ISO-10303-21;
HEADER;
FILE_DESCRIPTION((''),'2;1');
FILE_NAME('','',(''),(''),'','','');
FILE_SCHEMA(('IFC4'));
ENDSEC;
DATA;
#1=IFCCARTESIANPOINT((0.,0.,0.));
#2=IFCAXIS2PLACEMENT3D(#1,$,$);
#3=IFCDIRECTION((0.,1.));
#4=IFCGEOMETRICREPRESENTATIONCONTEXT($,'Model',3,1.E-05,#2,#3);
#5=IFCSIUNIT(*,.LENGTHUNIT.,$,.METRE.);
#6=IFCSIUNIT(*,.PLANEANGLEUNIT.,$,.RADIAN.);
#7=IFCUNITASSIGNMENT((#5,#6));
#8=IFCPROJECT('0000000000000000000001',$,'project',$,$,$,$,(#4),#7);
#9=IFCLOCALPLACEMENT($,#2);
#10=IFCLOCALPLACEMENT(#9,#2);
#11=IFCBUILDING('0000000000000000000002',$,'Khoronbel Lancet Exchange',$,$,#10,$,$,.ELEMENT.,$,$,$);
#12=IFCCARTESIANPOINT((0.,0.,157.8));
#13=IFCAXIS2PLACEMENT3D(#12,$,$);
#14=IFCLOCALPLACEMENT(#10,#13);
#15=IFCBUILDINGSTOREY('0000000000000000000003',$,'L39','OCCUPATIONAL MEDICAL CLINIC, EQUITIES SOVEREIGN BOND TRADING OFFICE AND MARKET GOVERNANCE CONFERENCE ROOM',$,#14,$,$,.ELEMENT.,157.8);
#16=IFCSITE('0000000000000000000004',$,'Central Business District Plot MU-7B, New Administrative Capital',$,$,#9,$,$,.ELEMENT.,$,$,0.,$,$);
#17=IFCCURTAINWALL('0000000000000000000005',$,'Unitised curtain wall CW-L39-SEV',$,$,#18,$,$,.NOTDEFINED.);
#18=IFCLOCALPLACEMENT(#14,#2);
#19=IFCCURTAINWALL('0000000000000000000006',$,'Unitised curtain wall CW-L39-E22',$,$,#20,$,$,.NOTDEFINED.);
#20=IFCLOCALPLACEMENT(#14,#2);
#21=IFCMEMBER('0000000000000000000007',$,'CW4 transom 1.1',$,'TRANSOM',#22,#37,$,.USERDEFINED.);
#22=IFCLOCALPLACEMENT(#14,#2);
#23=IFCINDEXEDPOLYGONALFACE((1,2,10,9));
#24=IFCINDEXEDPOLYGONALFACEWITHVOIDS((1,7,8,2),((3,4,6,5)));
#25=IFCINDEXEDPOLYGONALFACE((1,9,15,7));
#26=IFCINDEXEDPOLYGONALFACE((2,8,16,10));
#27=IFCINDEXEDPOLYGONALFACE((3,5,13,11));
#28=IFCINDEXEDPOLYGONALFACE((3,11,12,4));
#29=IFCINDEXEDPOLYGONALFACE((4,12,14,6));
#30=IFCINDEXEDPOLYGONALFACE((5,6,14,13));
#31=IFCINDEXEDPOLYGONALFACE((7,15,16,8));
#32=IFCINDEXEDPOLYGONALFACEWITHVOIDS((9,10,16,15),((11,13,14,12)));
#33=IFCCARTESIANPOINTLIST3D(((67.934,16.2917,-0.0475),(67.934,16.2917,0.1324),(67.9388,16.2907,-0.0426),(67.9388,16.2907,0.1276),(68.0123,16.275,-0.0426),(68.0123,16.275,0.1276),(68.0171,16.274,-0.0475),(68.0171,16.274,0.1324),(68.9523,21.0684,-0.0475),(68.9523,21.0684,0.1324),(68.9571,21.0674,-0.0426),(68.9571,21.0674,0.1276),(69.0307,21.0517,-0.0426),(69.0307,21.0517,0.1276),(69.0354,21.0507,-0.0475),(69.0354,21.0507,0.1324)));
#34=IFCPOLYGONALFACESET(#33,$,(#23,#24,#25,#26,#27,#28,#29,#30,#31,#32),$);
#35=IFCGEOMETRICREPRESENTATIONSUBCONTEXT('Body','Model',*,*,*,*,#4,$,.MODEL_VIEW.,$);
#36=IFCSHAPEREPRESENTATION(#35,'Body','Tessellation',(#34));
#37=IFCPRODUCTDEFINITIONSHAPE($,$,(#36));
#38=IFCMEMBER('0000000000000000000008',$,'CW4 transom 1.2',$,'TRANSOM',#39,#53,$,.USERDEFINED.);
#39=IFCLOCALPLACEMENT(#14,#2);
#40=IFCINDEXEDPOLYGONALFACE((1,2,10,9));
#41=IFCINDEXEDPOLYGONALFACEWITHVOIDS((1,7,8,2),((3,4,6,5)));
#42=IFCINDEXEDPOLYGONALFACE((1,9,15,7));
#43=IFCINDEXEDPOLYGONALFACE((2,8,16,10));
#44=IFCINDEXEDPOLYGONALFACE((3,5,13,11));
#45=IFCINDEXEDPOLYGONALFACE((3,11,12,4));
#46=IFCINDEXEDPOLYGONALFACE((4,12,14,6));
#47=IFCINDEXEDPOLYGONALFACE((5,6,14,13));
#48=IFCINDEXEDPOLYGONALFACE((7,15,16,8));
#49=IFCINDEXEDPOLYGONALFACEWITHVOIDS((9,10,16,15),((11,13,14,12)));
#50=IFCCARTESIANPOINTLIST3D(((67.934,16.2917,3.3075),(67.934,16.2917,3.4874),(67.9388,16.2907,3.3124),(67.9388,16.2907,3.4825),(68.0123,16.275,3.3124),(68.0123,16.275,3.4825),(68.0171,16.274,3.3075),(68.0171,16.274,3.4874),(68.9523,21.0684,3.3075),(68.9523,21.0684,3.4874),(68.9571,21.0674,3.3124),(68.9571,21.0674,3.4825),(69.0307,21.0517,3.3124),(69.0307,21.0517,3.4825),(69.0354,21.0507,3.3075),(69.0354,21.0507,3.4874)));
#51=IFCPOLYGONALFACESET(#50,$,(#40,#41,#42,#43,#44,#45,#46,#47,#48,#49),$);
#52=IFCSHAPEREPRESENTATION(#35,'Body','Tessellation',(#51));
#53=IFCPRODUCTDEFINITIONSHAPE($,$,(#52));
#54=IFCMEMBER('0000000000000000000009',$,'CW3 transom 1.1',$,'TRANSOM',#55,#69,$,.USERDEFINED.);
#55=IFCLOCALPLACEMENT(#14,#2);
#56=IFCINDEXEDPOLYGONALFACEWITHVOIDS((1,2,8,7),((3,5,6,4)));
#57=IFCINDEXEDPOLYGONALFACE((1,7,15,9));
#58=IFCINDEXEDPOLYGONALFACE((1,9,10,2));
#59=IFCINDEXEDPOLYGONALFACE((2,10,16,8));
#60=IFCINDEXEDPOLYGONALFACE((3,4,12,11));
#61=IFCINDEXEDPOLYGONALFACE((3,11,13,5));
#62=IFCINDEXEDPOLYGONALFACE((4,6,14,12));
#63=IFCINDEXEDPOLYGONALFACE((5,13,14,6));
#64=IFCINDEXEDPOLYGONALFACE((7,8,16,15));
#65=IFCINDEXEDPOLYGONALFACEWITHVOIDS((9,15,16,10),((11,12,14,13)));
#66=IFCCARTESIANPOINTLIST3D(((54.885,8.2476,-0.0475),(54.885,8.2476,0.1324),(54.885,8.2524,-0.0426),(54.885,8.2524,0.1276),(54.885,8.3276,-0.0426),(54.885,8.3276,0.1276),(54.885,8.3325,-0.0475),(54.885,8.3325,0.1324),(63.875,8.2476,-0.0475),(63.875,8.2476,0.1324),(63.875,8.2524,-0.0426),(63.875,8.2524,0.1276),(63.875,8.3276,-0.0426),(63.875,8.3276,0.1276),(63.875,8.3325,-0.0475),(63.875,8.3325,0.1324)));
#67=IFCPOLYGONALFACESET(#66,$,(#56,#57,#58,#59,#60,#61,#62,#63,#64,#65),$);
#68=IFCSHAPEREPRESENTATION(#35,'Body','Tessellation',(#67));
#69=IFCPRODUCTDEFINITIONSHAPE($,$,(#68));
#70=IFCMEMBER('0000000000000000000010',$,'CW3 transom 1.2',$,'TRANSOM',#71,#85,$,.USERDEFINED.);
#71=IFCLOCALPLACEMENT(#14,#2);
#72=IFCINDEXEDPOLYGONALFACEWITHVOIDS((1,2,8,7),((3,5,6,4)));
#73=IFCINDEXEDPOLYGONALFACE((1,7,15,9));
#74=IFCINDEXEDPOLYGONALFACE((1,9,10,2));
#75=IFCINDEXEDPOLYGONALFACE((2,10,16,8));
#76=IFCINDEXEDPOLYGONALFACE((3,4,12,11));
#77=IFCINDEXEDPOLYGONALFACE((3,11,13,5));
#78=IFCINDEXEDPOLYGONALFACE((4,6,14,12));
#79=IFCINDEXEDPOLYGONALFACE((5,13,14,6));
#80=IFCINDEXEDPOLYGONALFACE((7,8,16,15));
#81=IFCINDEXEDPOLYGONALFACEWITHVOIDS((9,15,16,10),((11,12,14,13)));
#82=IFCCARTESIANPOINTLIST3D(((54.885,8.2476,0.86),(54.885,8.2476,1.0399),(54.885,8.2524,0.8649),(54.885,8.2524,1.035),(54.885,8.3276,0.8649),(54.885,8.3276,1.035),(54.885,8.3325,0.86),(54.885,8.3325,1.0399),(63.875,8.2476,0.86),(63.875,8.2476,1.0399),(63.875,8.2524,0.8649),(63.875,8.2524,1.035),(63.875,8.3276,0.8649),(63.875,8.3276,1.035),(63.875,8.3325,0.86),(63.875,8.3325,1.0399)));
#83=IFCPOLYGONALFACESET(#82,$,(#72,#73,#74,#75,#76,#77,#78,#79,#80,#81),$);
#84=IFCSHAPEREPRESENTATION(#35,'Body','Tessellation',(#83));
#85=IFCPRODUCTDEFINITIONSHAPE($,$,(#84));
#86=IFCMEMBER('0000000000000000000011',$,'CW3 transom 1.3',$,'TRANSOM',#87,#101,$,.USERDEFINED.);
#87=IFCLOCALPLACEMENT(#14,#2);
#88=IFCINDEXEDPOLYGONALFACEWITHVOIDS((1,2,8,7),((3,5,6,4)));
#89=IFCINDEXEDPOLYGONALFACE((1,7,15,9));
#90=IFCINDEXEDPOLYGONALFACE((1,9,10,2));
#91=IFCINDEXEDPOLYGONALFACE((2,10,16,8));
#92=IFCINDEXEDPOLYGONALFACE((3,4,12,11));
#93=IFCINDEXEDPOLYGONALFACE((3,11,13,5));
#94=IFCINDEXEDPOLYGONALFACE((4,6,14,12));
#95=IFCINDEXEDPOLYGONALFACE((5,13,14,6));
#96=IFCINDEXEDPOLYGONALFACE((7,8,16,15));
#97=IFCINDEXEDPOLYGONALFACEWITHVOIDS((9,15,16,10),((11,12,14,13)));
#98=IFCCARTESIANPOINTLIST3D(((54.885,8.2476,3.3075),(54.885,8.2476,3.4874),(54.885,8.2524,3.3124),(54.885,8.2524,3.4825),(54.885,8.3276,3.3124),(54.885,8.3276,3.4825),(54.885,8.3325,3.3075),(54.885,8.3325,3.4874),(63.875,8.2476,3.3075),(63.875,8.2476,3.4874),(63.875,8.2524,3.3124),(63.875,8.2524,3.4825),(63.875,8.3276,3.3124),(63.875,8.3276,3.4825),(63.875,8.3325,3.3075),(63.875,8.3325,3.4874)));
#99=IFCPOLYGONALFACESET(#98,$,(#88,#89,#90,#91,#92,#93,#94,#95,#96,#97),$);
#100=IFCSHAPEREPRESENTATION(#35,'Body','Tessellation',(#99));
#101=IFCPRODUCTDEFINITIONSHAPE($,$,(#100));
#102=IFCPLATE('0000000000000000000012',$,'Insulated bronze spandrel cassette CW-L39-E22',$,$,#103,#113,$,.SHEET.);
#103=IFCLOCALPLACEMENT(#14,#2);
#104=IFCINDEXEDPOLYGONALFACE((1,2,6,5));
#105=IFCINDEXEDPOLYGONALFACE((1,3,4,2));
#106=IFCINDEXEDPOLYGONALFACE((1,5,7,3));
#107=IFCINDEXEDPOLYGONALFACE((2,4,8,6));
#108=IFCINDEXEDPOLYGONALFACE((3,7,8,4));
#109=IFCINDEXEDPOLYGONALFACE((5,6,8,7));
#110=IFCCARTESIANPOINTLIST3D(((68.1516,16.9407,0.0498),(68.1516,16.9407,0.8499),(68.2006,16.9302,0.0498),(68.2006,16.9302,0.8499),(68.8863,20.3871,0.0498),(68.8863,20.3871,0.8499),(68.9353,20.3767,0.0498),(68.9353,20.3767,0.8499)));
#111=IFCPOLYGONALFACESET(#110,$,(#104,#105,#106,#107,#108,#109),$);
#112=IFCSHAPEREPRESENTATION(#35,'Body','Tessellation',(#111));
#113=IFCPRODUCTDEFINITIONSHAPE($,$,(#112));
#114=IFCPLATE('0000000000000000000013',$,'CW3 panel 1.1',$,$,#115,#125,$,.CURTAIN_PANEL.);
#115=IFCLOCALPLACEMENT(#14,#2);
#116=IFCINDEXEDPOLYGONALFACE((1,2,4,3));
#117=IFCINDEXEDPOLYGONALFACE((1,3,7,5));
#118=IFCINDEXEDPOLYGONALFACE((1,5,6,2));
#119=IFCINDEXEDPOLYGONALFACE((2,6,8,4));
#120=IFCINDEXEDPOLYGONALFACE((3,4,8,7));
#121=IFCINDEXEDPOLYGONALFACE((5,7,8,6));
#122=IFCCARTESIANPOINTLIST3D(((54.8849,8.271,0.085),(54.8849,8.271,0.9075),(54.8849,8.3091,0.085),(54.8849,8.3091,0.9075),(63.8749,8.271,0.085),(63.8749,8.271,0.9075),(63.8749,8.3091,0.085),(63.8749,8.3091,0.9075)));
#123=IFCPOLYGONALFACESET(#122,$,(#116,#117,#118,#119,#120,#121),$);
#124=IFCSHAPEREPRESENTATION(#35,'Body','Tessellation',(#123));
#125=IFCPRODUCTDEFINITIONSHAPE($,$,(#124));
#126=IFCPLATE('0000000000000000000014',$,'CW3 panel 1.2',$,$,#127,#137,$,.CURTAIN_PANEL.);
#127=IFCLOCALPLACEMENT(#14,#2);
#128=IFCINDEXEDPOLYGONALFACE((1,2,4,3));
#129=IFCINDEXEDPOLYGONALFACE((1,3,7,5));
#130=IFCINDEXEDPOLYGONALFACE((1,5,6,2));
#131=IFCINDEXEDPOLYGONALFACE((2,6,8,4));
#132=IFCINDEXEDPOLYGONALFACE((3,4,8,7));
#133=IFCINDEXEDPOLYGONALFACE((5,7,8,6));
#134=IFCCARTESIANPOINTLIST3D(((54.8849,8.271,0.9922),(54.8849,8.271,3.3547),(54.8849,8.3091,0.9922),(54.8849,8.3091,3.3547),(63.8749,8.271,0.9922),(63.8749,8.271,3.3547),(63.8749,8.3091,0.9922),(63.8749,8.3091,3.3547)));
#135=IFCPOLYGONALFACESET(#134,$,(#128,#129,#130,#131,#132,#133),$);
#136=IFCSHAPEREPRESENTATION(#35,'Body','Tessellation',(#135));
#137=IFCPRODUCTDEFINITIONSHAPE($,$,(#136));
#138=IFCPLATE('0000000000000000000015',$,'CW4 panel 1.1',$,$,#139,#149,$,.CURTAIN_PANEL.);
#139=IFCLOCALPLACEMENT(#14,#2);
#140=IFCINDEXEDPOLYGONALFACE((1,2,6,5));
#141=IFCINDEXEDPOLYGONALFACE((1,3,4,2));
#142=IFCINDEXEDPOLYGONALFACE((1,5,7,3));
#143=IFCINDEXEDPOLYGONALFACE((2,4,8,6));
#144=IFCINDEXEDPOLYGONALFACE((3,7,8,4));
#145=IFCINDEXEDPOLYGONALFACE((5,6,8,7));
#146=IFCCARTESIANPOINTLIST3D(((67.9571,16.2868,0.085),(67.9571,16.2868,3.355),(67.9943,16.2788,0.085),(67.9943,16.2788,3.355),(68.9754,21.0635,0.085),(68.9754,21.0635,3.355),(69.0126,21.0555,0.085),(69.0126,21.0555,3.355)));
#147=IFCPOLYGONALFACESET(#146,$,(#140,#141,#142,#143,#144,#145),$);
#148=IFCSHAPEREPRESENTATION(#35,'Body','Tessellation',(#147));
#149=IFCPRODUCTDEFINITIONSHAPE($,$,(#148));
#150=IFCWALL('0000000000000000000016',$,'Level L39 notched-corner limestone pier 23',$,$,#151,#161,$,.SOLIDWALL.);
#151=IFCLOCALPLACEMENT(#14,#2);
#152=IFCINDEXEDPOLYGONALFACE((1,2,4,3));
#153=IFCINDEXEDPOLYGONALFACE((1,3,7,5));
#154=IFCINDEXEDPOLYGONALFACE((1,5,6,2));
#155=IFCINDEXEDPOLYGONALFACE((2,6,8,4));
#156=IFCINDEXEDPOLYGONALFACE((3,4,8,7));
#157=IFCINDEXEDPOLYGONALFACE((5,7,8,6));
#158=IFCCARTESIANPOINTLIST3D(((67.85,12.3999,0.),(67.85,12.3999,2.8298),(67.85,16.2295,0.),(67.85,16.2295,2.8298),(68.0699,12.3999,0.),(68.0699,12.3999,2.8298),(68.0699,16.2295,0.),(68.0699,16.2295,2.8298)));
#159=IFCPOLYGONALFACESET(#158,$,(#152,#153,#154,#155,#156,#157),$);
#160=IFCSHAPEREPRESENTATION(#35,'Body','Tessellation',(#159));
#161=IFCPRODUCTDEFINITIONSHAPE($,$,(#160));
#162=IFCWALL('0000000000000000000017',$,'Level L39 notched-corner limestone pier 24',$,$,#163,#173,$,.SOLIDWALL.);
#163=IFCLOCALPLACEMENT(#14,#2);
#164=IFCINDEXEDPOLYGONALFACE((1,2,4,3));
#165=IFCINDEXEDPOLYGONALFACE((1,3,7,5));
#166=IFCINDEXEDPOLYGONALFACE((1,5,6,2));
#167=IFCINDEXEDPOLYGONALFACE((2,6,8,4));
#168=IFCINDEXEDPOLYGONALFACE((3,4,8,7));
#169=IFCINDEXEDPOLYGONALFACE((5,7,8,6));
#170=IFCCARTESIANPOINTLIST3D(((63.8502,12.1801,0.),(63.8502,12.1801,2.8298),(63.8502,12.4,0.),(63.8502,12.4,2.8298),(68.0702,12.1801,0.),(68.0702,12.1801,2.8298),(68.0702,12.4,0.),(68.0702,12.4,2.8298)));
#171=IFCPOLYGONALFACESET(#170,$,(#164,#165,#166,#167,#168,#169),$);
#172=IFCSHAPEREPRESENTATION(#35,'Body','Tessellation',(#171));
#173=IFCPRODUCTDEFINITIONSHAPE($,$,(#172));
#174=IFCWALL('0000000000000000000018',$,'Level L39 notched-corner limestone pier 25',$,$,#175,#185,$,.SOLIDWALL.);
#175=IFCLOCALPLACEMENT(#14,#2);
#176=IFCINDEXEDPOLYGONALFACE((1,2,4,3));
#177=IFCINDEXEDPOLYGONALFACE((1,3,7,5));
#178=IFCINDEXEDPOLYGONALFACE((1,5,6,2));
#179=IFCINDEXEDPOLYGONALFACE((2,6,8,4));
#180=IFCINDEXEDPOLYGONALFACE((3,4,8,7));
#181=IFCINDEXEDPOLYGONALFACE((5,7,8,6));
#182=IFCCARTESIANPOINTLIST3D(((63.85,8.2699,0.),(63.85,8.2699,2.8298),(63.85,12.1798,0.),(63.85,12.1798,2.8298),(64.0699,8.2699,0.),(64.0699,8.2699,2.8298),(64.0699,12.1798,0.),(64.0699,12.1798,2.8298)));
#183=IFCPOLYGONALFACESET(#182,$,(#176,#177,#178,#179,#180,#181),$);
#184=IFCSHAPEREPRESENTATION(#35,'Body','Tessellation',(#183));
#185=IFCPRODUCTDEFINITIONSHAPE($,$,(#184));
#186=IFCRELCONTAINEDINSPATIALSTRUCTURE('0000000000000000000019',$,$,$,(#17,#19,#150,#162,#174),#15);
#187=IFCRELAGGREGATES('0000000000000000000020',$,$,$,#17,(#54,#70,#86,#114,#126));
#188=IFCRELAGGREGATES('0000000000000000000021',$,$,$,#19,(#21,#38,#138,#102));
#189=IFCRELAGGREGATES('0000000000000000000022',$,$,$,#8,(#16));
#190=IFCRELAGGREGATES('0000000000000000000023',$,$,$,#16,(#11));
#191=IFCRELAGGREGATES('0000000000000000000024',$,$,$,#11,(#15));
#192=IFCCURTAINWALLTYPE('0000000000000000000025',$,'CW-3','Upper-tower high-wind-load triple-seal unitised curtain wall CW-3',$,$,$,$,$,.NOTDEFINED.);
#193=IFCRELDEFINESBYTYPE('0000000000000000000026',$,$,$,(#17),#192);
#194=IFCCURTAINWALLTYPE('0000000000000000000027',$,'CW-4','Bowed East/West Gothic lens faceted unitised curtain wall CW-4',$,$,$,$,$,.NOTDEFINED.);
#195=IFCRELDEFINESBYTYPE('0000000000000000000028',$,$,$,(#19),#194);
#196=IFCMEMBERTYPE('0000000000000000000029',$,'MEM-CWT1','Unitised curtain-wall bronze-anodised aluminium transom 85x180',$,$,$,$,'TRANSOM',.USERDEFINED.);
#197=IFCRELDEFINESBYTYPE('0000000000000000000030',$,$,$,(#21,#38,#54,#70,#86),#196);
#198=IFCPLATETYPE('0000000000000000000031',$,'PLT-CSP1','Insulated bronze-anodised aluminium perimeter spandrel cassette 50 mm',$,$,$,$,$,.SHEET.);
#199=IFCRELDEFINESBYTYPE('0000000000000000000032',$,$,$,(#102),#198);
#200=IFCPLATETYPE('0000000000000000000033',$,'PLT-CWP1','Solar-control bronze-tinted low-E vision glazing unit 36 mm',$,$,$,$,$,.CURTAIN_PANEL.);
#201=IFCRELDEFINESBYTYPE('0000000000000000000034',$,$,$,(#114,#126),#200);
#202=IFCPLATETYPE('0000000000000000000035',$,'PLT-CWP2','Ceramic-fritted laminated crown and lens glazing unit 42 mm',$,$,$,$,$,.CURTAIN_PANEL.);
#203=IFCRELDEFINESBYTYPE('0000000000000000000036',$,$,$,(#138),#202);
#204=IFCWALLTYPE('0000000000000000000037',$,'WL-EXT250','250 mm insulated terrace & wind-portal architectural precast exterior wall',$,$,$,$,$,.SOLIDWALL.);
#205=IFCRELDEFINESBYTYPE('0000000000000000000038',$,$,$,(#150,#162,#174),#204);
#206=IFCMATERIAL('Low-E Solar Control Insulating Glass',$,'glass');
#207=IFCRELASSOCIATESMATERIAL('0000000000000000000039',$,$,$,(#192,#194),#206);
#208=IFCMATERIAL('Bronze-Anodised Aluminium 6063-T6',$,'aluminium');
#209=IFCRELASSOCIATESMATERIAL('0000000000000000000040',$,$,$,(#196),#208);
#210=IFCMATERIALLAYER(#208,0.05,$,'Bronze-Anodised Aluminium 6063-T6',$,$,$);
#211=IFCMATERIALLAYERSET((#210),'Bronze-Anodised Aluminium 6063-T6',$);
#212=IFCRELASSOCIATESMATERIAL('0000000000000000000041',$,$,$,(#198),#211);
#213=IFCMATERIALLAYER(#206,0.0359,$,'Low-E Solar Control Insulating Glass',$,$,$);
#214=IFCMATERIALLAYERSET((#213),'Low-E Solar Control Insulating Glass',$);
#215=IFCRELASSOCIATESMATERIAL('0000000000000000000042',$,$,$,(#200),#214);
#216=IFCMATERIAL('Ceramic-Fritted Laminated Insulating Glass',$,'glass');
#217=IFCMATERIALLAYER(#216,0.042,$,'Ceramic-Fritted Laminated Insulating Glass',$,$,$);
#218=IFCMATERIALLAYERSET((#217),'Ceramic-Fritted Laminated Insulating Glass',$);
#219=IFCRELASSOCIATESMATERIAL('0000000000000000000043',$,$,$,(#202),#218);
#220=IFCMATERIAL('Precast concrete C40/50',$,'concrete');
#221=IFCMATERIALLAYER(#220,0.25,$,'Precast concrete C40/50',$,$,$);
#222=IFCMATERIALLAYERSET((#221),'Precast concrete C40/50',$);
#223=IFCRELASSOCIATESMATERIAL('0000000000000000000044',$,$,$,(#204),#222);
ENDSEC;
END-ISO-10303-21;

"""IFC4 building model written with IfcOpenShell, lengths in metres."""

from ifc_helpers import new_model, si_unit, direction, frame, frame_2d, origin, origin_2d, place, context, subcontext, project, spatial, rectangle, hollow_rectangle, extrude, material, layer, layer_set, material_profile, profile_set, type_object, element, aggregate, save


model = new_model("IFC4")

# Units and contexts
model_context = context("Model", 3, precision=1e-05, world=origin(), true_north=direction((0.0, 1.0)))
body_context = subcontext(model_context, "Body", "Model", "MODEL_VIEW")
ifc_project = project(units=[si_unit("LENGTHUNIT", "METRE"), si_unit("PLANEANGLEUNIT", "RADIAN")], contexts=[model_context])

# Site, building, storey
site_placement = place(None, origin())
site = spatial("IfcSite", under=ifc_project, at=site_placement, Name="Central Business District Plot MU-7B, New Administrative Capital", CompositionType="ELEMENT", RefElevation=0.0)
building_placement = place(site_placement, origin())
building = spatial("IfcBuilding", under=site, at=building_placement, Name="Khoronbel Lancet Exchange", CompositionType="ELEMENT")
storey_placement = place(building_placement, frame((0.0, 0.0, 157.8)))
storey = spatial("IfcBuildingStorey", under=building, at=storey_placement, Name="L39", Description="OCCUPATIONAL MEDICAL CLINIC, EQUITIES SOVEREIGN BOND TRADING OFFICE AND MARKET GOVERNANCE CONFERENCE ROOM", CompositionType="ELEMENT", Elevation=157.8)

# Shared definitions
ifc_material_1 = material(Name="Low-E Solar Control Insulating Glass", Category="glass")
curtain_wall_type_1 = type_object("IfcCurtainWallType", Name="CW-3", Description="Upper-tower high-wind-load triple-seal unitised curtain wall CW-3", PredefinedType="NOTDEFINED", material=ifc_material_1)
ifc_material_2 = material(Name="Bronze-Anodised Aluminium 6063-T6", Category="aluminium")

# Curtain walls, members
curtain_wall_1_placement = place(storey_placement, origin())
curtain_wall_1 = element("IfcCurtainWall", 1, at=curtain_wall_1_placement, inside=storey, type_object=curtain_wall_type_1, Name="Unitised curtain wall CW-L39-SEV", PredefinedType="NOTDEFINED")
curtain_wall_type_2 = type_object("IfcCurtainWallType", Name="CW-4", Description="Bowed East/West Gothic lens faceted unitised curtain wall CW-4", PredefinedType="NOTDEFINED", material=ifc_material_1)
curtain_wall_2_placement = place(storey_placement, origin())
curtain_wall_2 = element("IfcCurtainWall", 2, at=curtain_wall_2_placement, inside=storey, type_object=curtain_wall_type_2, Name="Unitised curtain wall CW-L39-E22", PredefinedType="NOTDEFINED")
ifc_material_profile_1 = material_profile(ifc_material_2, hollow_rectangle(XDim=0.085, YDim=0.1799, WallThickness=0.0049, at=origin_2d()), Name="ALU TRANSOM 85x180")
ifc_profile_set_1 = profile_set([ifc_material_profile_1], Name="Bronze-Anodised Aluminium 6063-T6")
member_type_1 = type_object("IfcMemberType", Name="MEM-CWT1", Description="Unitised curtain-wall bronze-anodised aluminium transom 85x180", ElementType="TRANSOM", PredefinedType="USERDEFINED", material=ifc_profile_set_1)
member_1_placement = place(storey_placement, frame((68.9939, 21.0596, 0.0425), z_axis=(-0.208501, -0.978022, 0.0), x_axis=(0.978022, -0.208501, 0.0)))
member_1 = element("IfcMember", 3, at=member_1_placement, type_object=member_type_1, Name="CW4 transom 1.1", ObjectType="TRANSOM", PredefinedType="USERDEFINED", context=body_context, shape_type="SweptSolid", body=[
    extrude(hollow_rectangle(XDim=0.085, YDim=0.1799, WallThickness=0.0049, at=origin_2d()), origin(), (0.0, 0.0, 1.0), 4.884),
])
member_2_placement = place(storey_placement, frame((68.9939, 21.0596, 3.3975), z_axis=(-0.208501, -0.978022, 0.0), x_axis=(0.978022, -0.208501, 0.0)))
member_2 = element("IfcMember", 4, at=member_2_placement, type_object=member_type_1, Name="CW4 transom 1.2", ObjectType="TRANSOM", PredefinedType="USERDEFINED", context=body_context, shape_type="SweptSolid", body=[
    extrude(hollow_rectangle(XDim=0.085, YDim=0.1799, WallThickness=0.0049, at=origin_2d()), origin(), (0.0, 0.0, 1.0), 4.884),
])

# Members
member_3_placement = place(storey_placement, frame((54.885, 8.29, 0.0425), z_axis=(1.0, 0.0, 0.0), x_axis=(0.0, 1.0, 0.0)))
member_3 = element("IfcMember", 5, at=member_3_placement, type_object=member_type_1, Name="CW3 transom 1.1", ObjectType="TRANSOM", PredefinedType="USERDEFINED", context=body_context, shape_type="SweptSolid", body=[
    extrude(hollow_rectangle(XDim=0.085, YDim=0.1799, WallThickness=0.0049, at=origin_2d()), origin(), (0.0, 0.0, 1.0), 8.99),
])
member_4_placement = place(storey_placement, frame((54.885, 8.29, 0.95), z_axis=(1.0, 0.0, 0.0), x_axis=(0.0, 1.0, 0.0)))
member_4 = element("IfcMember", 6, at=member_4_placement, type_object=member_type_1, Name="CW3 transom 1.2", ObjectType="TRANSOM", PredefinedType="USERDEFINED", context=body_context, shape_type="SweptSolid", body=[
    extrude(hollow_rectangle(XDim=0.085, YDim=0.1799, WallThickness=0.0049, at=origin_2d()), origin(), (0.0, 0.0, 1.0), 8.99),
])
member_5_placement = place(storey_placement, frame((54.885, 8.29, 3.3975), z_axis=(1.0, 0.0, 0.0), x_axis=(0.0, 1.0, 0.0)))
member_5 = element("IfcMember", 7, at=member_5_placement, type_object=member_type_1, Name="CW3 transom 1.3", ObjectType="TRANSOM", PredefinedType="USERDEFINED", context=body_context, shape_type="SweptSolid", body=[
    extrude(hollow_rectangle(XDim=0.085, YDim=0.1799, WallThickness=0.0049, at=origin_2d()), origin(), (0.0, 0.0, 1.0), 8.99),
])

# Plates
ifc_layer_1 = layer(ifc_material_2, 0.05, Name="Bronze-Anodised Aluminium 6063-T6")
ifc_layer_set_1 = layer_set([ifc_layer_1], Name="Bronze-Anodised Aluminium 6063-T6")
plate_type_1 = type_object("IfcPlateType", Name="PLT-CSP1", Description="Insulated bronze-anodised aluminium perimeter spandrel cassette 50 mm", PredefinedType="SHEET", material=ifc_layer_set_1)
plate_1_placement = place(storey_placement, frame((68.5435, 18.6587, 0.0498), z_axis=(0.0, 0.0, 1.0), x_axis=(-0.208497, -0.978023, 0.0)))
plate_1 = element("IfcPlate", 8, at=plate_1_placement, type_object=plate_type_1, Name="Insulated bronze spandrel cassette CW-L39-E22", PredefinedType="SHEET", context=body_context, shape_type="SweptSolid", body=[
    extrude(rectangle(XDim=3.5239, YDim=0.05, at=origin_2d()), origin(), (0.0, 0.0, 1.0), 0.8),
])
ifc_layer_2 = layer(ifc_material_1, 0.0359, Name="Low-E Solar Control Insulating Glass")
ifc_layer_set_2 = layer_set([ifc_layer_2], Name="Low-E Solar Control Insulating Glass")
plate_type_2 = type_object("IfcPlateType", Name="PLT-CWP1", Description="Solar-control bronze-tinted low-E vision glazing unit 36 mm", PredefinedType="CURTAIN_PANEL", material=ifc_layer_set_2)
plate_2_placement = place(storey_placement, frame((59.3799, 8.29, 0.085), z_axis=(0.0, 0.0, 1.0), x_axis=(1.0, 0.0, 0.0)))
plate_2 = element("IfcPlate", 9, at=plate_2_placement, type_object=plate_type_2, Name="CW3 panel 1.1", PredefinedType="CURTAIN_PANEL", context=body_context, shape_type="SweptSolid", body=[
    extrude(rectangle(XDim=8.99, YDim=0.0381, at=origin_2d()), origin(), (0.0, 0.0, 1.0), 0.8225),
])
plate_3_placement = place(storey_placement, frame((59.3799, 8.29, 0.9922), z_axis=(0.0, 0.0, 1.0), x_axis=(1.0, 0.0, 0.0)))
plate_3 = element("IfcPlate", 10, at=plate_3_placement, type_object=plate_type_2, Name="CW3 panel 1.2", PredefinedType="CURTAIN_PANEL", context=body_context, shape_type="SweptSolid", body=[
    extrude(rectangle(XDim=8.99, YDim=0.0381, at=origin_2d()), origin(), (0.0, 0.0, 1.0), 2.3625),
])
aggregate(curtain_wall_1, [member_3, member_4, member_5, plate_2, plate_3])
ifc_material_3 = material(Name="Ceramic-Fritted Laminated Insulating Glass", Category="glass")
ifc_layer_3 = layer(ifc_material_3, 0.042, Name="Ceramic-Fritted Laminated Insulating Glass")
ifc_layer_set_3 = layer_set([ifc_layer_3], Name="Ceramic-Fritted Laminated Insulating Glass")
plate_type_3 = type_object("IfcPlateType", Name="PLT-CWP2", Description="Ceramic-fritted laminated crown and lens glazing unit 42 mm", PredefinedType="CURTAIN_PANEL", material=ifc_layer_set_3)
plate_4_placement = place(storey_placement, frame((68.4849, 18.6711, 0.085), z_axis=(0.0, 0.0, 1.0), x_axis=(-0.208497, -0.978023, 0.0)))
plate_4 = element("IfcPlate", 11, at=plate_4_placement, type_object=plate_type_3, Name="CW4 panel 1.1", PredefinedType="CURTAIN_PANEL", context=body_context, shape_type="SweptSolid", body=[
    extrude(rectangle(XDim=4.884, YDim=0.0381, at=origin_2d()), origin(), (0.0, 0.0, 1.0), 3.27),
])
aggregate(curtain_wall_2, [member_1, member_2, plate_4, plate_1])

# Walls
ifc_material_4 = material(Name="Precast concrete C40/50", Category="concrete")
ifc_layer_4 = layer(ifc_material_4, 0.25, Name="Precast concrete C40/50")
ifc_layer_set_4 = layer_set([ifc_layer_4], Name="Precast concrete C40/50")
wall_type_1 = type_object("IfcWallType", Name="WL-EXT250", Description="250 mm insulated terrace & wind-portal architectural precast exterior wall", PredefinedType="SOLIDWALL", material=ifc_layer_set_4)
wall_1_placement = place(storey_placement, frame((67.96, 16.2295, 0.0), z_axis=(0.0, 0.0, 1.0), x_axis=(0.0, -1.0, 0.0)))
element("IfcWall", 12, at=wall_1_placement, inside=storey, type_object=wall_type_1, Name="Level L39 notched-corner limestone pier 23", PredefinedType="SOLIDWALL", context=body_context, shape_type="SweptSolid", body=[
    extrude(rectangle(XDim=3.8296, YDim=0.22, at=frame_2d((1.9148, 0.0))), origin(), (0.0, 0.0, 1.0), 2.8298),
])
wall_2_placement = place(storey_placement, frame((68.0701, 12.29, 0.0), z_axis=(0.0, 0.0, 1.0), x_axis=(-1.0, 0.0, 0.0)))
element("IfcWall", 13, at=wall_2_placement, inside=storey, type_object=wall_type_1, Name="Level L39 notched-corner limestone pier 24", PredefinedType="SOLIDWALL", context=body_context, shape_type="SweptSolid", body=[
    extrude(rectangle(XDim=4.22, YDim=0.22, at=frame_2d((2.1099, 0.0))), origin(), (0.0, 0.0, 1.0), 2.8298),
])
wall_3_placement = place(storey_placement, frame((63.96, 12.1799, 0.0), z_axis=(0.0, 0.0, 1.0), x_axis=(0.0, -1.0, 0.0)))
element("IfcWall", 14, at=wall_3_placement, inside=storey, type_object=wall_type_1, Name="Level L39 notched-corner limestone pier 25", PredefinedType="SOLIDWALL", context=body_context, shape_type="SweptSolid", body=[
    extrude(rectangle(XDim=3.9099, YDim=0.22, at=frame_2d((1.9551, 0.0))), origin(), (0.0, 0.0, 1.0), 2.8298),
])

save(model, "model.ifc")
